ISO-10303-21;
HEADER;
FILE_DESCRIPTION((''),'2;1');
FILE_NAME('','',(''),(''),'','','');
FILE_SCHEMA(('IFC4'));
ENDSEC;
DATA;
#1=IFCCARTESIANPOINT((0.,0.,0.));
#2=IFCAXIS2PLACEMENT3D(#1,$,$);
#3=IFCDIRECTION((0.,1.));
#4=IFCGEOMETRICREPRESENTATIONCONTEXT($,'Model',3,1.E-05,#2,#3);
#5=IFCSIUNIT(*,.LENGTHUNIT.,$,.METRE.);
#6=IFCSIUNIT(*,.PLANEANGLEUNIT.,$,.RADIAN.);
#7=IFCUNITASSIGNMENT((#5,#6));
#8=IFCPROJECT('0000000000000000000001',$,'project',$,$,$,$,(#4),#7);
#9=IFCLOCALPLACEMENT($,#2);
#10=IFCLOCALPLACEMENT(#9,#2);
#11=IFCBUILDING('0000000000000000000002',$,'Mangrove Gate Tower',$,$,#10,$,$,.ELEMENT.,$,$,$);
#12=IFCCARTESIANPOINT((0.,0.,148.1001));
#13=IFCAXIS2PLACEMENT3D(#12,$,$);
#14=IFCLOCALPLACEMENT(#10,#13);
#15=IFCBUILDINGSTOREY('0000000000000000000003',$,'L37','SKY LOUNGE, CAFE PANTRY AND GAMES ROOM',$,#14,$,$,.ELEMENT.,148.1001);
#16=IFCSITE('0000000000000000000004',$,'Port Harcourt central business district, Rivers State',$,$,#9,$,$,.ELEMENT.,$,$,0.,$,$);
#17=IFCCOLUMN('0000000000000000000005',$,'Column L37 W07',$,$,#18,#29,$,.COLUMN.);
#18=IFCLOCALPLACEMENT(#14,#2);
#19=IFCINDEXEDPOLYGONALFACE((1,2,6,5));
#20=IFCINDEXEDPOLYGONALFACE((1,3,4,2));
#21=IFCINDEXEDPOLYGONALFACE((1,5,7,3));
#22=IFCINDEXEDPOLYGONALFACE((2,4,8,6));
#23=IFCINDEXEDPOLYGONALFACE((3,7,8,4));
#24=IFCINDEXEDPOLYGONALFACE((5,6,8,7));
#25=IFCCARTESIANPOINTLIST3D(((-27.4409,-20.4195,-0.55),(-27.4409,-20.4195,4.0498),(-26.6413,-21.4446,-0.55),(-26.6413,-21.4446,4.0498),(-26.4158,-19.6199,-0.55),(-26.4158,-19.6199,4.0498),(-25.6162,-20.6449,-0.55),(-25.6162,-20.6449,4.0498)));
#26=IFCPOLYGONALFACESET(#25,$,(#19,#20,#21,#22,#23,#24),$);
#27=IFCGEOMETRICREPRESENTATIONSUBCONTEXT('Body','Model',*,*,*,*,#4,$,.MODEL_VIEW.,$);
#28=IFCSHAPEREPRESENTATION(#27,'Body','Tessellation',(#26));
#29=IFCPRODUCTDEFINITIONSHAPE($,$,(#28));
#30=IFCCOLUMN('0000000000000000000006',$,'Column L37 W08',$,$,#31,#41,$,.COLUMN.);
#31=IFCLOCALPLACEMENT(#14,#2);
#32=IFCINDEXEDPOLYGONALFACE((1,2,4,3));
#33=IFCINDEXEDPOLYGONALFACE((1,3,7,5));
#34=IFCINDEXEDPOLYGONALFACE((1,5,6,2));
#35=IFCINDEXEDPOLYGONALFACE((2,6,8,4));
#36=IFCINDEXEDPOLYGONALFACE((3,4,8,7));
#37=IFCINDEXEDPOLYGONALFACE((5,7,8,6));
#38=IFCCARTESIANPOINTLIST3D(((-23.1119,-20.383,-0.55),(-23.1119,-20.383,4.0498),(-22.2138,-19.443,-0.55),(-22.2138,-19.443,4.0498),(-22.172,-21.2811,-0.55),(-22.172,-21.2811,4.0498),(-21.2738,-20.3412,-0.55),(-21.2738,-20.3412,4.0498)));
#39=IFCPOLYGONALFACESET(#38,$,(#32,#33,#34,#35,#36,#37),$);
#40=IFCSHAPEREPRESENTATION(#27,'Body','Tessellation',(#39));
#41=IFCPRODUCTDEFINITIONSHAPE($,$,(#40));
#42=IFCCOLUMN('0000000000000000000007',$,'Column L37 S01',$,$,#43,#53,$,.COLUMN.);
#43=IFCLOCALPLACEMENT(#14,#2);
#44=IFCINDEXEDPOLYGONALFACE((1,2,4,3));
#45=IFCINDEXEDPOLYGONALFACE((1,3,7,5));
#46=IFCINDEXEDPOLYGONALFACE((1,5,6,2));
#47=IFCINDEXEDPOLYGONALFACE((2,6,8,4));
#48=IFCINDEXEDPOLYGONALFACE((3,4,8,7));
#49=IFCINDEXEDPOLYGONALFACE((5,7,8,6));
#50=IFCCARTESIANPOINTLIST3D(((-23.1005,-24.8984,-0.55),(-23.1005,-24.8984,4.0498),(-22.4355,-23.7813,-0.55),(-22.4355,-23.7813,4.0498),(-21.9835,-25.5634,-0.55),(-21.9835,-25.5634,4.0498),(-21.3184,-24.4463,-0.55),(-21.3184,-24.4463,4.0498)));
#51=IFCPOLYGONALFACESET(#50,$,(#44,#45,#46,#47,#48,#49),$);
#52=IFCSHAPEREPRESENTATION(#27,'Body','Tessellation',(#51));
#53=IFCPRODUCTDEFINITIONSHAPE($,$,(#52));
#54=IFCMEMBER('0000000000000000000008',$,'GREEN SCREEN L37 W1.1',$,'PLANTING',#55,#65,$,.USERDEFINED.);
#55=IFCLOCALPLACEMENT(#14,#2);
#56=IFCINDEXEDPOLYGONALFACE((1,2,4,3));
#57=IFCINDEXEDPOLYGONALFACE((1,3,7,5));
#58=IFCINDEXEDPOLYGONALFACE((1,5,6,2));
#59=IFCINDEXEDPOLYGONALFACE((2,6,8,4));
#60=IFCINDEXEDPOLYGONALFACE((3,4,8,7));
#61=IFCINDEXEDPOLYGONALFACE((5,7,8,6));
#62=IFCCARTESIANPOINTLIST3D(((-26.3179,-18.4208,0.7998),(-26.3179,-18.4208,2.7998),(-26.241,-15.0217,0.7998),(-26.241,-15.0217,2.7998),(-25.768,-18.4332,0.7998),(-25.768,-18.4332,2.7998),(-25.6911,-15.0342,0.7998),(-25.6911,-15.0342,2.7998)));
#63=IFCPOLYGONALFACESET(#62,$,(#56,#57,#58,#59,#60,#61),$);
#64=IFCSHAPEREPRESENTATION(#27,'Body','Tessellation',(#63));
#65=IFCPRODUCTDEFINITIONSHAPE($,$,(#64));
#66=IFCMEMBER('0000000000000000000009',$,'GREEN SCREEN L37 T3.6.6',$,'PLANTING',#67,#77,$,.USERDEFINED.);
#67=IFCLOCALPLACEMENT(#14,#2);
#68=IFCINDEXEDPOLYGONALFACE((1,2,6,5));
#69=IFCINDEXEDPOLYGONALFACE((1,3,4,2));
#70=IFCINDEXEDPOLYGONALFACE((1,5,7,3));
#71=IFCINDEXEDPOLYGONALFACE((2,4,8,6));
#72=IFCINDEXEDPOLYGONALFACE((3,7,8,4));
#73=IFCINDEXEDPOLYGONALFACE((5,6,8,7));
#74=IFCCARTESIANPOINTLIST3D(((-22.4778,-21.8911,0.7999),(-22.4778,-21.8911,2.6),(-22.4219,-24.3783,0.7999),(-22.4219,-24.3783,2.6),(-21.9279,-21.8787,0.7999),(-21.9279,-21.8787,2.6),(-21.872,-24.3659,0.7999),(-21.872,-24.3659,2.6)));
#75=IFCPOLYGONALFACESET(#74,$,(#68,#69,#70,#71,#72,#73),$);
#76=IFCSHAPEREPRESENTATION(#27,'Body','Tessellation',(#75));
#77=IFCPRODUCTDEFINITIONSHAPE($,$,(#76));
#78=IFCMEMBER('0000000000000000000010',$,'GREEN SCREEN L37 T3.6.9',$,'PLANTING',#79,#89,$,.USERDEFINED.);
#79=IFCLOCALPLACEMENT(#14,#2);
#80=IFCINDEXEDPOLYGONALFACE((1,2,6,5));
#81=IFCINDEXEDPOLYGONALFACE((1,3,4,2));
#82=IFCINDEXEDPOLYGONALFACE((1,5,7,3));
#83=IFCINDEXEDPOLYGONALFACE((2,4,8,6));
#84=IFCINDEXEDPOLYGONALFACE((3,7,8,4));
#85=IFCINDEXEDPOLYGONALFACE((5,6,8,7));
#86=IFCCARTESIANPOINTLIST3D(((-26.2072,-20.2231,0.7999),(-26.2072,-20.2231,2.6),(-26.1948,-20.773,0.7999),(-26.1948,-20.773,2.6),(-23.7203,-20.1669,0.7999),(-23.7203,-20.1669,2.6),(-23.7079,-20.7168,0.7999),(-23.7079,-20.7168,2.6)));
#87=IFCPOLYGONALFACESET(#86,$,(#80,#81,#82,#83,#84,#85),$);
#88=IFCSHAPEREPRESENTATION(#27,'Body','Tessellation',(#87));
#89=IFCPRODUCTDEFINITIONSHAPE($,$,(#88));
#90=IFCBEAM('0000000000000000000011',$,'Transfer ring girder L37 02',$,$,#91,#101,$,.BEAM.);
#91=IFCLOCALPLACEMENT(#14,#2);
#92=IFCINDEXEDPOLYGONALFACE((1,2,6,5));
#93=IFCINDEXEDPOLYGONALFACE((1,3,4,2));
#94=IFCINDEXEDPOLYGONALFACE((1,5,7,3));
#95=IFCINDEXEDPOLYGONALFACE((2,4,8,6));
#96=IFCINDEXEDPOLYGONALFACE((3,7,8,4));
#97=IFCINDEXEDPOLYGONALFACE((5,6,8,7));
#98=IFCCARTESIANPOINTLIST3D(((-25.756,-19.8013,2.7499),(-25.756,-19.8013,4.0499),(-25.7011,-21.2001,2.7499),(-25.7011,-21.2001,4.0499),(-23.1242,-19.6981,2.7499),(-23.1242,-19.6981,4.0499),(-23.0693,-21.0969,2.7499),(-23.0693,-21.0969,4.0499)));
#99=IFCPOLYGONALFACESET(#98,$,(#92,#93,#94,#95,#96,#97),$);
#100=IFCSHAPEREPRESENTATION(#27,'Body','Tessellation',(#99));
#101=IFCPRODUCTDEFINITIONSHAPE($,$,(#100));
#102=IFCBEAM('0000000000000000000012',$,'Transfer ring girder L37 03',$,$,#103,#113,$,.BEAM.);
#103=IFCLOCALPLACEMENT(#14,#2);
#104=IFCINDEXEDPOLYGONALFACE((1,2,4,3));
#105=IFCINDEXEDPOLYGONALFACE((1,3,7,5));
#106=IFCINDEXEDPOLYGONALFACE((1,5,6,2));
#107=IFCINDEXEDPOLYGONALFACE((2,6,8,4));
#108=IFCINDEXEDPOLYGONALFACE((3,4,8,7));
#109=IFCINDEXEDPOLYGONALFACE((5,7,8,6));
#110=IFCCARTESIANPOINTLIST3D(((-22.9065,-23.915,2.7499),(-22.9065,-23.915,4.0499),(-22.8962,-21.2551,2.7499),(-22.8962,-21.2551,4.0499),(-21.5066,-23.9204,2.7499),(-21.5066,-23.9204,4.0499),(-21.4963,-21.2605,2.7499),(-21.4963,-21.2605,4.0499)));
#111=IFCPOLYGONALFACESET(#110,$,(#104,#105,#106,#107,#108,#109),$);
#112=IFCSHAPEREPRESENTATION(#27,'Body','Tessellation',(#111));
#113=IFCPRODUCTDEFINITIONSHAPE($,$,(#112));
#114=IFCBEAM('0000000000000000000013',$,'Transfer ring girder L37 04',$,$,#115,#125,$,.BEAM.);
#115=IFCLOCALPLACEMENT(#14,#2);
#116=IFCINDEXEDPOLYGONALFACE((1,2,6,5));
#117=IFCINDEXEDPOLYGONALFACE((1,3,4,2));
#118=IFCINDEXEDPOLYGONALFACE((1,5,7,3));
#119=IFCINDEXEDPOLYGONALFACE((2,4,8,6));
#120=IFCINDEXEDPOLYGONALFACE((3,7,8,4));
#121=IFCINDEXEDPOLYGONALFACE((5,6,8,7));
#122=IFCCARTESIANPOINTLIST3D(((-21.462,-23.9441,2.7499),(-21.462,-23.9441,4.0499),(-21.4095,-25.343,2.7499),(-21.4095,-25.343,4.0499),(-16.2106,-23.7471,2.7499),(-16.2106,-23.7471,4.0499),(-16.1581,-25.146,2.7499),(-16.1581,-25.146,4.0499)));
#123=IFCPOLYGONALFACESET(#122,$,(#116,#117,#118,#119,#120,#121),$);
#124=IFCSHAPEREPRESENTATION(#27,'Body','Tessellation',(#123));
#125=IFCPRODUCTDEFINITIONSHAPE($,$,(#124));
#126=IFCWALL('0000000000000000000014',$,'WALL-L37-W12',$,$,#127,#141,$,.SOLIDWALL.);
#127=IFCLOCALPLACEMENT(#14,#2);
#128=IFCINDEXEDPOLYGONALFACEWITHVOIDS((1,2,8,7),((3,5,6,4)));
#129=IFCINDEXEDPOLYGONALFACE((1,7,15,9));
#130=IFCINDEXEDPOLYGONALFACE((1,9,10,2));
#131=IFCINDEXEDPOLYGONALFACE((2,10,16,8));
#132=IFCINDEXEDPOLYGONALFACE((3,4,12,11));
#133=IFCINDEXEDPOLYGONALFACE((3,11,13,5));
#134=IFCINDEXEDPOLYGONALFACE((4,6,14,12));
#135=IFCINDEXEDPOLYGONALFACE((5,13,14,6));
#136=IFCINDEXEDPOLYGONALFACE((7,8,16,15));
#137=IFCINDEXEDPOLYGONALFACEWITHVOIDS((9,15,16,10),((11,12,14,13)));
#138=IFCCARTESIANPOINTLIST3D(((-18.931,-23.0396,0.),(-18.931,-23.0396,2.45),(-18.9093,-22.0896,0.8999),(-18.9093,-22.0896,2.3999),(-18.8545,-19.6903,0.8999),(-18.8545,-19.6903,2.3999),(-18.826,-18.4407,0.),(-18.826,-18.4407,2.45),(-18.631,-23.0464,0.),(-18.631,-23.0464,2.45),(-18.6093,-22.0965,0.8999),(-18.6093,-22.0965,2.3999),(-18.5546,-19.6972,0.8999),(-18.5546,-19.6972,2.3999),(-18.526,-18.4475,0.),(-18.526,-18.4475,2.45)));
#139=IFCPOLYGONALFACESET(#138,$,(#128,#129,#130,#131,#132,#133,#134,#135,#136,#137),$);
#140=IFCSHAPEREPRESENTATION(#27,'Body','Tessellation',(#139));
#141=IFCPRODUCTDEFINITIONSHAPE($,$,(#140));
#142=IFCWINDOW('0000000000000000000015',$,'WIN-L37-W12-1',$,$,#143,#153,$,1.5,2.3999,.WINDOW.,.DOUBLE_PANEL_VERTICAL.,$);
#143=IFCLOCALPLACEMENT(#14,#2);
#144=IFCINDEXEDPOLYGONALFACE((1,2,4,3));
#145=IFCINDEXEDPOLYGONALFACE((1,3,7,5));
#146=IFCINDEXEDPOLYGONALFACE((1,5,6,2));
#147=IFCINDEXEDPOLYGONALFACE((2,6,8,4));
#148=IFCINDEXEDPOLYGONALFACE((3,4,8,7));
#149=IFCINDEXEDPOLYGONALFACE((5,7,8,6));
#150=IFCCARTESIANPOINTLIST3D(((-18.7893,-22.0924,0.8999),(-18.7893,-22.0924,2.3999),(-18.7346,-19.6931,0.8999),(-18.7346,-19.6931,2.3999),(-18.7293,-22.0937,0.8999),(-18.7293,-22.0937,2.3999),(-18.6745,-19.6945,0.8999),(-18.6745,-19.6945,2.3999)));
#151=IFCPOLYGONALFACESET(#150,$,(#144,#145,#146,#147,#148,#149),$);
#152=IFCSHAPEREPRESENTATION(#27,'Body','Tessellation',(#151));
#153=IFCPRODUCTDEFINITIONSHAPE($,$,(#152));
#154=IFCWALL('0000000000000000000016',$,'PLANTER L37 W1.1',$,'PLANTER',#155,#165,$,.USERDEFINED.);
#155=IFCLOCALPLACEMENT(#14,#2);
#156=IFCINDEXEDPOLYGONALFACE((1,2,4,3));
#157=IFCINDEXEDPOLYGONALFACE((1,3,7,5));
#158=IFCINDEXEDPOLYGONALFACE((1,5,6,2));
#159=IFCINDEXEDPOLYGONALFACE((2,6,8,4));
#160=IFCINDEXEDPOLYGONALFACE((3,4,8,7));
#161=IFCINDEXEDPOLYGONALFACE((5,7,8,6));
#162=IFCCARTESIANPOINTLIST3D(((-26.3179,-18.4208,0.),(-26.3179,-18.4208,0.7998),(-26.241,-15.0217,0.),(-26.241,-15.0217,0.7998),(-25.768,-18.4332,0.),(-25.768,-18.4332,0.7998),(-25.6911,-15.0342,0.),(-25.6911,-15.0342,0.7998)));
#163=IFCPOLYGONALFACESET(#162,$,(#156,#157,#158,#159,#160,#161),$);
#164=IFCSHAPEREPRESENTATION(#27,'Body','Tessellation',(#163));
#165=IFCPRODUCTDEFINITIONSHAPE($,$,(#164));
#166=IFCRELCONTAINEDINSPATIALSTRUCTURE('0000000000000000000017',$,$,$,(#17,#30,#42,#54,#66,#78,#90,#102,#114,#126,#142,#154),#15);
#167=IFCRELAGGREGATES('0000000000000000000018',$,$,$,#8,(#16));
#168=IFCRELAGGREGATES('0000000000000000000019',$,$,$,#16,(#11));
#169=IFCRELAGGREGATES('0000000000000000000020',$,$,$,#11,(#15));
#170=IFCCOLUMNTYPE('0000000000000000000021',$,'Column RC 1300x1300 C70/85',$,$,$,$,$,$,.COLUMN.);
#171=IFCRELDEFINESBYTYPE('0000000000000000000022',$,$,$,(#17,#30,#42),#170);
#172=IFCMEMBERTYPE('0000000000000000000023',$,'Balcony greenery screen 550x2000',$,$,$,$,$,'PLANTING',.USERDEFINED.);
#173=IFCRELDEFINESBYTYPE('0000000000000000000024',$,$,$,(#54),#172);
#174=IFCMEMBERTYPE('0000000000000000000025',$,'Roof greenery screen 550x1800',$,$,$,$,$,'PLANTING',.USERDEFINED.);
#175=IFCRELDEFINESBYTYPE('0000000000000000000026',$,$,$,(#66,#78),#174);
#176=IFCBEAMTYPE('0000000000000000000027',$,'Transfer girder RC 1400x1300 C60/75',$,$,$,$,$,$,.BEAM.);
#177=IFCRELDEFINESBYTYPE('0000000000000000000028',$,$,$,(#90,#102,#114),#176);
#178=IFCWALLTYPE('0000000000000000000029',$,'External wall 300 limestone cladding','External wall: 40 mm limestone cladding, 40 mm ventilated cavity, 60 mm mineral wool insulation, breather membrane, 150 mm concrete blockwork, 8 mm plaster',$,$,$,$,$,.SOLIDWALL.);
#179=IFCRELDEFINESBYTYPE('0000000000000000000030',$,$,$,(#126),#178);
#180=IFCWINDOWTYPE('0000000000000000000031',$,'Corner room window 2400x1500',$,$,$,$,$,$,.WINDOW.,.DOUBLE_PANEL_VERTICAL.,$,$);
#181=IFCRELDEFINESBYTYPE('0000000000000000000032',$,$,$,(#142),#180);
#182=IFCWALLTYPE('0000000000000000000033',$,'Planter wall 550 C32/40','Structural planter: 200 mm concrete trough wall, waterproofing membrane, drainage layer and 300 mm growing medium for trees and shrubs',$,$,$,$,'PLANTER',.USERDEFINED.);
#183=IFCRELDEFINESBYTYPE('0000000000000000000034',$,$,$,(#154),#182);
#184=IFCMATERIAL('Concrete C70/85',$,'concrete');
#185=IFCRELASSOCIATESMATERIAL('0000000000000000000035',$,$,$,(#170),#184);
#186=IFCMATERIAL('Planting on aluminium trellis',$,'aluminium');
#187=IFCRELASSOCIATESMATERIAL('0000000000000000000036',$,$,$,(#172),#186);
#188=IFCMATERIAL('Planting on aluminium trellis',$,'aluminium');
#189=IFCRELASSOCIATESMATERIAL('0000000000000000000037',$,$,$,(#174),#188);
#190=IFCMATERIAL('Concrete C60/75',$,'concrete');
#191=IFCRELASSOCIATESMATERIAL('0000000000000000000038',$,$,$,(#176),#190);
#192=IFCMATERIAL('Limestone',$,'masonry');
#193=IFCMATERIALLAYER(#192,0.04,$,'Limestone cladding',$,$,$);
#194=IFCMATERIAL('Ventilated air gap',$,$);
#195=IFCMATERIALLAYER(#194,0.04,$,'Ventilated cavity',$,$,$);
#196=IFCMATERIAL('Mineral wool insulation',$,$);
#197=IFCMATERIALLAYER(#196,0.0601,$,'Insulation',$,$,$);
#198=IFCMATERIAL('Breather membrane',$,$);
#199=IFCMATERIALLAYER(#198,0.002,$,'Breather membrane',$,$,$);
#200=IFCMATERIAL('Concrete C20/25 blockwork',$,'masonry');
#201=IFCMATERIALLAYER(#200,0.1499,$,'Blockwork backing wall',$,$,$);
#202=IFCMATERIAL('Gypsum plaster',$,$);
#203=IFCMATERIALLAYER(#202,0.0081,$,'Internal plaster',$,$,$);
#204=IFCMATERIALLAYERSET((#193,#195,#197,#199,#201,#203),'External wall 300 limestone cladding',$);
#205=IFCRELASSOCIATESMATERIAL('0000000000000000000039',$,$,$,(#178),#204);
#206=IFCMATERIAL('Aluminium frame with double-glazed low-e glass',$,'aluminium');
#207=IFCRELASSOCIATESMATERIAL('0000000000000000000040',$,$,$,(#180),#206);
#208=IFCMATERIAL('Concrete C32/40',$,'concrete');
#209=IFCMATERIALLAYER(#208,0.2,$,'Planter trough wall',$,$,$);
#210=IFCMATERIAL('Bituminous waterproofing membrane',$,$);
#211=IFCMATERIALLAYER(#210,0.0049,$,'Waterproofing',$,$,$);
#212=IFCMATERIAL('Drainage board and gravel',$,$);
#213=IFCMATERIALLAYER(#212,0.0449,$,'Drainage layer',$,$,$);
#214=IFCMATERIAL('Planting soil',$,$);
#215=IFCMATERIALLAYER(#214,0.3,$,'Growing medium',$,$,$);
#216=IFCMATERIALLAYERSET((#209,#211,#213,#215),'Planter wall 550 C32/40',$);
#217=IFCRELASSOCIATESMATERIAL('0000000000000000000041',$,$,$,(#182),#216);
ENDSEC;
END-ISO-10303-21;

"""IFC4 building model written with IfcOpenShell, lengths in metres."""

from ifc_helpers import new_model, si_unit, direction, frame, frame_2d, origin, origin_2d, place, context, subcontext, project, spatial, rectangle, extrude, material, layer, layer_set, material_profile, profile_set, type_object, element, fill, save


model = new_model("IFC4")

# Units and contexts
model_context = context("Model", 3, precision=1e-05, world=origin(), true_north=direction((0.0, 1.0)))
body_context = subcontext(model_context, "Body", "Model", "MODEL_VIEW")
ifc_project = project(units=[si_unit("LENGTHUNIT", "METRE"), si_unit("PLANEANGLEUNIT", "RADIAN")], contexts=[model_context])

# Site, building, storey
site_placement = place(None, origin())
site = spatial("IfcSite", under=ifc_project, at=site_placement, Name="Port Harcourt central business district, Rivers State", CompositionType="ELEMENT", RefElevation=0.0)
building_placement = place(site_placement, origin())
building = spatial("IfcBuilding", under=site, at=building_placement, Name="Mangrove Gate Tower", CompositionType="ELEMENT")
storey_placement = place(building_placement, frame((0.0, 0.0, 148.1001)))
storey = spatial("IfcBuildingStorey", under=building, at=storey_placement, Name="L37", Description="SKY LOUNGE, CAFE PANTRY AND GAMES ROOM", CompositionType="ELEMENT", Elevation=148.1001)

# Columns
ifc_material_1 = material(Name="Concrete C70/85", Category="concrete")
ifc_material_profile_1 = material_profile(ifc_material_1, rectangle(XDim=1.3, YDim=1.3, at=origin_2d()))
ifc_profile_set_1 = profile_set([ifc_material_profile_1], Name="Concrete C70/85")
column_type = type_object("IfcColumnType", Name="Column RC 1300x1300 C70/85", PredefinedType="COLUMN", material=ifc_profile_set_1)
for number, where, z_axis, x_axis, name in (
    (1, (-26.5286, -20.5322, -0.55), (0.0, 0.0, 1.0), (0.615067, -0.788475, 0.0), "Column L37 W07"),
    (2, (-22.1929, -20.3621, -0.55), (0.0, 0.0, 1.0), (0.722994, -0.690854, 0.0), "Column L37 W08"),
    (3, (-22.2095, -24.6724, -0.55), (0.0, 0.0, 1.0), (0.859255, -0.511547, 0.0), "Column L37 S01"),
):
    element("IfcColumn", number, at=place(storey_placement, frame(where, z_axis=z_axis, x_axis=x_axis)), inside=storey, type_object=column_type, Name=name, PredefinedType="COLUMN", context=body_context, shape_type="SweptSolid", body=[
        extrude(rectangle(XDim=1.3, YDim=1.3, at=origin_2d()), origin(), (0.0, 0.0, 1.0), 4.5999),
    ])

# Members
ifc_material_2 = material(Name="Planting on aluminium trellis", Category="aluminium")
ifc_material_profile_2 = material_profile(ifc_material_2, rectangle(XDim=0.55, YDim=2.0, at=origin_2d()))
ifc_profile_set_2 = profile_set([ifc_material_profile_2], Name="Planting on aluminium trellis")
member_type_1 = type_object("IfcMemberType", Name="Balcony greenery screen 550x2000", ElementType="PLANTING", PredefinedType="USERDEFINED", material=ifc_profile_set_2)
member_1_placement = place(storey_placement, frame((-26.043, -18.427, 1.7998), z_axis=(0.02262, 0.999744, 0.0), x_axis=(-0.999744, 0.02262, 0.0)))
element("IfcMember", 4, at=member_1_placement, inside=storey, type_object=member_type_1, Name="GREEN SCREEN L37 W1.1", ObjectType="PLANTING", PredefinedType="USERDEFINED", context=body_context, shape_type="SweptSolid", body=[
    extrude(rectangle(XDim=0.55, YDim=2.0, at=origin_2d()), origin(), (0.0, 0.0, 1.0), 3.3999),
])
ifc_material_3 = material(Name="Planting on aluminium trellis", Category="aluminium")
ifc_material_profile_3 = material_profile(ifc_material_3, rectangle(XDim=0.55, YDim=1.8, at=origin_2d()))
ifc_profile_set_3 = profile_set([ifc_material_profile_3], Name="Planting on aluminium trellis")
member_type_2 = type_object("IfcMemberType", Name="Roof greenery screen 550x1800", ElementType="PLANTING", PredefinedType="USERDEFINED", material=ifc_profile_set_3)
member_2_placement = place(storey_placement, frame((-22.147, -24.3721, 1.7), z_axis=(-0.022474, 0.999747, 0.0), x_axis=(-0.999747, -0.022474, 0.0)))
element("IfcMember", 5, at=member_2_placement, inside=storey, type_object=member_type_2, Name="GREEN SCREEN L37 T3.6.6", ObjectType="PLANTING", PredefinedType="USERDEFINED", context=body_context, shape_type="SweptSolid", body=[
    extrude(rectangle(XDim=0.55, YDim=1.8, at=origin_2d()), origin(), (0.0, 0.0, 1.0), 2.4878),
])
member_3_placement = place(storey_placement, frame((-23.7141, -20.4419, 1.7), z_axis=(-0.999745, -0.022574, 0.0), x_axis=(0.022574, -0.999745, 0.0)))
element("IfcMember", 6, at=member_3_placement, inside=storey, type_object=member_type_2, Name="GREEN SCREEN L37 T3.6.9", ObjectType="PLANTING", PredefinedType="USERDEFINED", context=body_context, shape_type="SweptSolid", body=[
    extrude(rectangle(XDim=0.55, YDim=1.8, at=origin_2d()), origin(), (0.0, 0.0, 1.0), 2.4875),
])

# Beams
ifc_material_4 = material(Name="Concrete C60/75", Category="concrete")
ifc_material_profile_4 = material_profile(ifc_material_4, rectangle(XDim=1.3999, YDim=1.3, at=origin_2d()))
ifc_profile_set_4 = profile_set([ifc_material_profile_4], Name="Concrete C60/75")
beam_type = type_object("IfcBeamType", Name="Transfer girder RC 1400x1300 C60/75", PredefinedType="BEAM", material=ifc_profile_set_4)
beam_1_placement = place(storey_placement, frame((-25.7285, -20.5007, 3.3999), z_axis=(0.999231, 0.039209, 0.0), x_axis=(-0.039209, 0.999231, 0.0)))
element("IfcBeam", 7, at=beam_1_placement, inside=storey, type_object=beam_type, Name="Transfer ring girder L37 02", PredefinedType="BEAM", context=body_context, shape_type="SweptSolid", body=[
    extrude(rectangle(XDim=1.3999, YDim=1.3, at=origin_2d()), origin(), (0.0, 0.0, 1.0), 2.6338),
])
beam_2_placement = place(storey_placement, frame((-22.1963, -21.2578, 3.3999), z_axis=(-0.003855, -0.999993, 0.0), x_axis=(0.999993, -0.003855, 0.0)))
element("IfcBeam", 8, at=beam_2_placement, inside=storey, type_object=beam_type, Name="Transfer ring girder L37 03", PredefinedType="BEAM", context=body_context, shape_type="SweptSolid", body=[
    extrude(rectangle(XDim=1.3999, YDim=1.3, at=origin_2d()), origin(), (0.0, 0.0, 1.0), 2.6599),
])
beam_3_placement = place(storey_placement, frame((-21.4358, -24.6436, 3.3999), z_axis=(0.999297, 0.037491, 0.0), x_axis=(-0.037491, 0.999297, 0.0)))
element("IfcBeam", 9, at=beam_3_placement, inside=storey, type_object=beam_type, Name="Transfer ring girder L37 04", PredefinedType="BEAM", context=body_context, shape_type="SweptSolid", body=[
    extrude(rectangle(XDim=1.3999, YDim=1.3, at=origin_2d()), origin(), (0.0, 0.0, 1.0), 5.2551),
])

# Wall, opening, window
ifc_material_5 = material(Name="Limestone", Category="masonry")
ifc_layer_1 = layer(ifc_material_5, 0.04, Name="Limestone cladding")
ifc_material_6 = material(Name="Ventilated air gap")
ifc_layer_2 = layer(ifc_material_6, 0.04, Name="Ventilated cavity")
ifc_material_7 = material(Name="Mineral wool insulation")
ifc_layer_3 = layer(ifc_material_7, 0.0601, Name="Insulation")
ifc_material_8 = material(Name="Breather membrane")
ifc_layer_4 = layer(ifc_material_8, 0.002, Name="Breather membrane")
ifc_material_9 = material(Name="Concrete C20/25 blockwork", Category="masonry")
ifc_layer_5 = layer(ifc_material_9, 0.1499, Name="Blockwork backing wall")
ifc_material_10 = material(Name="Gypsum plaster")
ifc_layer_6 = layer(ifc_material_10, 0.0081, Name="Internal plaster")
ifc_layer_set_1 = layer_set([ifc_layer_1, ifc_layer_2, ifc_layer_3, ifc_layer_4, ifc_layer_5, ifc_layer_6], Name="External wall 300 limestone cladding")
wall_type_1 = type_object("IfcWallType", Name="External wall 300 limestone cladding", Description="External wall: 40 mm limestone cladding, 40 mm ventilated cavity, 60 mm mineral wool insulation, breather membrane, 150 mm concrete blockwork, 8 mm plaster", PredefinedType="SOLIDWALL", material=ifc_layer_set_1)
wall_1_placement = place(storey_placement, frame((-18.676, -18.4441, 0.0), z_axis=(0.0, 0.0, 1.0), x_axis=(-0.022821, -0.99974, 0.0)))
wall_1 = element("IfcWall", 10, at=wall_1_placement, inside=storey, type_object=wall_type_1, Name="WALL-L37-W12", PredefinedType="SOLIDWALL", context=body_context, shape_type="SweptSolid", body=[
    extrude(rectangle(XDim=4.6001, YDim=0.3, at=frame_2d((2.3, 0.0))), origin(), (0.0, 0.0, 1.0), 2.45),
])
opening_1_placement = place(wall_1_placement, frame((1.25, 0.0, 0.8999)))
opening_1 = element("IfcOpeningElement", 11, at=opening_1_placement, cuts=wall_1, PredefinedType="OPENING", context=body_context, shape_type="SweptSolid", body=[
    extrude(rectangle(XDim=2.3999, YDim=1.5, at=frame_2d((1.2, 0.75))), frame((0.0, 0.1599, 0.0), z_axis=(0.0, -1.0, 0.0), x_axis=(1.0, 0.0, 0.0)), (0.0, 0.0, 1.0), 0.3201),
])
ifc_material_11 = material(Name="Aluminium frame with double-glazed low-e glass", Category="aluminium")
window_type_1 = type_object("IfcWindowType", Name="Corner room window 2400x1500", PartitioningType="DOUBLE_PANEL_VERTICAL", PredefinedType="WINDOW", material=ifc_material_11)
window_1_placement = place(opening_1_placement, origin())
window_1 = element("IfcWindow", 12, at=window_1_placement, inside=storey, type_object=window_type_1, Name="WIN-L37-W12-1", OverallHeight=1.5, OverallWidth=2.3999, PartitioningType="DOUBLE_PANEL_VERTICAL", PredefinedType="WINDOW", context=body_context, shape_type="SweptSolid", body=[
    extrude(rectangle(XDim=2.3999, YDim=1.5, at=frame_2d((1.2, 0.75))), frame((0.0, 0.03, 0.0), z_axis=(0.0, -1.0, 0.0), x_axis=(1.0, 0.0, 0.0)), (0.0, 0.0, 1.0), 0.0601),
])
fill(opening_1, window_1)

# Wall
ifc_material_12 = material(Name="Concrete C32/40", Category="concrete")
ifc_layer_7 = layer(ifc_material_12, 0.2, Name="Planter trough wall")
ifc_material_13 = material(Name="Bituminous waterproofing membrane")
ifc_layer_8 = layer(ifc_material_13, 0.0049, Name="Waterproofing")
ifc_material_14 = material(Name="Drainage board and gravel")
ifc_layer_9 = layer(ifc_material_14, 0.0449, Name="Drainage layer")
ifc_material_15 = material(Name="Planting soil")
ifc_layer_10 = layer(ifc_material_15, 0.3, Name="Growing medium")
ifc_layer_set_2 = layer_set([ifc_layer_7, ifc_layer_8, ifc_layer_9, ifc_layer_10], Name="Planter wall 550 C32/40")
wall_type_2 = type_object("IfcWallType", Name="Planter wall 550 C32/40", Description="Structural planter: 200 mm concrete trough wall, waterproofing membrane, drainage layer and 300 mm growing medium for trees and shrubs", ElementType="PLANTER", PredefinedType="USERDEFINED", material=ifc_layer_set_2)
wall_2_placement = place(storey_placement, frame((-26.043, -18.427, 0.0), z_axis=(0.0, 0.0, 1.0), x_axis=(0.02262, 0.999744, 0.0)))
element("IfcWall", 13, at=wall_2_placement, inside=storey, type_object=wall_type_2, Name="PLANTER L37 W1.1", ObjectType="PLANTER", PredefinedType="USERDEFINED", context=body_context, shape_type="SweptSolid", body=[
    extrude(rectangle(XDim=3.3999, YDim=0.55, at=frame_2d((1.7, 0.0))), origin(), (0.0, 0.0, 1.0), 0.7998),
])

save(model, "model.ifc")
